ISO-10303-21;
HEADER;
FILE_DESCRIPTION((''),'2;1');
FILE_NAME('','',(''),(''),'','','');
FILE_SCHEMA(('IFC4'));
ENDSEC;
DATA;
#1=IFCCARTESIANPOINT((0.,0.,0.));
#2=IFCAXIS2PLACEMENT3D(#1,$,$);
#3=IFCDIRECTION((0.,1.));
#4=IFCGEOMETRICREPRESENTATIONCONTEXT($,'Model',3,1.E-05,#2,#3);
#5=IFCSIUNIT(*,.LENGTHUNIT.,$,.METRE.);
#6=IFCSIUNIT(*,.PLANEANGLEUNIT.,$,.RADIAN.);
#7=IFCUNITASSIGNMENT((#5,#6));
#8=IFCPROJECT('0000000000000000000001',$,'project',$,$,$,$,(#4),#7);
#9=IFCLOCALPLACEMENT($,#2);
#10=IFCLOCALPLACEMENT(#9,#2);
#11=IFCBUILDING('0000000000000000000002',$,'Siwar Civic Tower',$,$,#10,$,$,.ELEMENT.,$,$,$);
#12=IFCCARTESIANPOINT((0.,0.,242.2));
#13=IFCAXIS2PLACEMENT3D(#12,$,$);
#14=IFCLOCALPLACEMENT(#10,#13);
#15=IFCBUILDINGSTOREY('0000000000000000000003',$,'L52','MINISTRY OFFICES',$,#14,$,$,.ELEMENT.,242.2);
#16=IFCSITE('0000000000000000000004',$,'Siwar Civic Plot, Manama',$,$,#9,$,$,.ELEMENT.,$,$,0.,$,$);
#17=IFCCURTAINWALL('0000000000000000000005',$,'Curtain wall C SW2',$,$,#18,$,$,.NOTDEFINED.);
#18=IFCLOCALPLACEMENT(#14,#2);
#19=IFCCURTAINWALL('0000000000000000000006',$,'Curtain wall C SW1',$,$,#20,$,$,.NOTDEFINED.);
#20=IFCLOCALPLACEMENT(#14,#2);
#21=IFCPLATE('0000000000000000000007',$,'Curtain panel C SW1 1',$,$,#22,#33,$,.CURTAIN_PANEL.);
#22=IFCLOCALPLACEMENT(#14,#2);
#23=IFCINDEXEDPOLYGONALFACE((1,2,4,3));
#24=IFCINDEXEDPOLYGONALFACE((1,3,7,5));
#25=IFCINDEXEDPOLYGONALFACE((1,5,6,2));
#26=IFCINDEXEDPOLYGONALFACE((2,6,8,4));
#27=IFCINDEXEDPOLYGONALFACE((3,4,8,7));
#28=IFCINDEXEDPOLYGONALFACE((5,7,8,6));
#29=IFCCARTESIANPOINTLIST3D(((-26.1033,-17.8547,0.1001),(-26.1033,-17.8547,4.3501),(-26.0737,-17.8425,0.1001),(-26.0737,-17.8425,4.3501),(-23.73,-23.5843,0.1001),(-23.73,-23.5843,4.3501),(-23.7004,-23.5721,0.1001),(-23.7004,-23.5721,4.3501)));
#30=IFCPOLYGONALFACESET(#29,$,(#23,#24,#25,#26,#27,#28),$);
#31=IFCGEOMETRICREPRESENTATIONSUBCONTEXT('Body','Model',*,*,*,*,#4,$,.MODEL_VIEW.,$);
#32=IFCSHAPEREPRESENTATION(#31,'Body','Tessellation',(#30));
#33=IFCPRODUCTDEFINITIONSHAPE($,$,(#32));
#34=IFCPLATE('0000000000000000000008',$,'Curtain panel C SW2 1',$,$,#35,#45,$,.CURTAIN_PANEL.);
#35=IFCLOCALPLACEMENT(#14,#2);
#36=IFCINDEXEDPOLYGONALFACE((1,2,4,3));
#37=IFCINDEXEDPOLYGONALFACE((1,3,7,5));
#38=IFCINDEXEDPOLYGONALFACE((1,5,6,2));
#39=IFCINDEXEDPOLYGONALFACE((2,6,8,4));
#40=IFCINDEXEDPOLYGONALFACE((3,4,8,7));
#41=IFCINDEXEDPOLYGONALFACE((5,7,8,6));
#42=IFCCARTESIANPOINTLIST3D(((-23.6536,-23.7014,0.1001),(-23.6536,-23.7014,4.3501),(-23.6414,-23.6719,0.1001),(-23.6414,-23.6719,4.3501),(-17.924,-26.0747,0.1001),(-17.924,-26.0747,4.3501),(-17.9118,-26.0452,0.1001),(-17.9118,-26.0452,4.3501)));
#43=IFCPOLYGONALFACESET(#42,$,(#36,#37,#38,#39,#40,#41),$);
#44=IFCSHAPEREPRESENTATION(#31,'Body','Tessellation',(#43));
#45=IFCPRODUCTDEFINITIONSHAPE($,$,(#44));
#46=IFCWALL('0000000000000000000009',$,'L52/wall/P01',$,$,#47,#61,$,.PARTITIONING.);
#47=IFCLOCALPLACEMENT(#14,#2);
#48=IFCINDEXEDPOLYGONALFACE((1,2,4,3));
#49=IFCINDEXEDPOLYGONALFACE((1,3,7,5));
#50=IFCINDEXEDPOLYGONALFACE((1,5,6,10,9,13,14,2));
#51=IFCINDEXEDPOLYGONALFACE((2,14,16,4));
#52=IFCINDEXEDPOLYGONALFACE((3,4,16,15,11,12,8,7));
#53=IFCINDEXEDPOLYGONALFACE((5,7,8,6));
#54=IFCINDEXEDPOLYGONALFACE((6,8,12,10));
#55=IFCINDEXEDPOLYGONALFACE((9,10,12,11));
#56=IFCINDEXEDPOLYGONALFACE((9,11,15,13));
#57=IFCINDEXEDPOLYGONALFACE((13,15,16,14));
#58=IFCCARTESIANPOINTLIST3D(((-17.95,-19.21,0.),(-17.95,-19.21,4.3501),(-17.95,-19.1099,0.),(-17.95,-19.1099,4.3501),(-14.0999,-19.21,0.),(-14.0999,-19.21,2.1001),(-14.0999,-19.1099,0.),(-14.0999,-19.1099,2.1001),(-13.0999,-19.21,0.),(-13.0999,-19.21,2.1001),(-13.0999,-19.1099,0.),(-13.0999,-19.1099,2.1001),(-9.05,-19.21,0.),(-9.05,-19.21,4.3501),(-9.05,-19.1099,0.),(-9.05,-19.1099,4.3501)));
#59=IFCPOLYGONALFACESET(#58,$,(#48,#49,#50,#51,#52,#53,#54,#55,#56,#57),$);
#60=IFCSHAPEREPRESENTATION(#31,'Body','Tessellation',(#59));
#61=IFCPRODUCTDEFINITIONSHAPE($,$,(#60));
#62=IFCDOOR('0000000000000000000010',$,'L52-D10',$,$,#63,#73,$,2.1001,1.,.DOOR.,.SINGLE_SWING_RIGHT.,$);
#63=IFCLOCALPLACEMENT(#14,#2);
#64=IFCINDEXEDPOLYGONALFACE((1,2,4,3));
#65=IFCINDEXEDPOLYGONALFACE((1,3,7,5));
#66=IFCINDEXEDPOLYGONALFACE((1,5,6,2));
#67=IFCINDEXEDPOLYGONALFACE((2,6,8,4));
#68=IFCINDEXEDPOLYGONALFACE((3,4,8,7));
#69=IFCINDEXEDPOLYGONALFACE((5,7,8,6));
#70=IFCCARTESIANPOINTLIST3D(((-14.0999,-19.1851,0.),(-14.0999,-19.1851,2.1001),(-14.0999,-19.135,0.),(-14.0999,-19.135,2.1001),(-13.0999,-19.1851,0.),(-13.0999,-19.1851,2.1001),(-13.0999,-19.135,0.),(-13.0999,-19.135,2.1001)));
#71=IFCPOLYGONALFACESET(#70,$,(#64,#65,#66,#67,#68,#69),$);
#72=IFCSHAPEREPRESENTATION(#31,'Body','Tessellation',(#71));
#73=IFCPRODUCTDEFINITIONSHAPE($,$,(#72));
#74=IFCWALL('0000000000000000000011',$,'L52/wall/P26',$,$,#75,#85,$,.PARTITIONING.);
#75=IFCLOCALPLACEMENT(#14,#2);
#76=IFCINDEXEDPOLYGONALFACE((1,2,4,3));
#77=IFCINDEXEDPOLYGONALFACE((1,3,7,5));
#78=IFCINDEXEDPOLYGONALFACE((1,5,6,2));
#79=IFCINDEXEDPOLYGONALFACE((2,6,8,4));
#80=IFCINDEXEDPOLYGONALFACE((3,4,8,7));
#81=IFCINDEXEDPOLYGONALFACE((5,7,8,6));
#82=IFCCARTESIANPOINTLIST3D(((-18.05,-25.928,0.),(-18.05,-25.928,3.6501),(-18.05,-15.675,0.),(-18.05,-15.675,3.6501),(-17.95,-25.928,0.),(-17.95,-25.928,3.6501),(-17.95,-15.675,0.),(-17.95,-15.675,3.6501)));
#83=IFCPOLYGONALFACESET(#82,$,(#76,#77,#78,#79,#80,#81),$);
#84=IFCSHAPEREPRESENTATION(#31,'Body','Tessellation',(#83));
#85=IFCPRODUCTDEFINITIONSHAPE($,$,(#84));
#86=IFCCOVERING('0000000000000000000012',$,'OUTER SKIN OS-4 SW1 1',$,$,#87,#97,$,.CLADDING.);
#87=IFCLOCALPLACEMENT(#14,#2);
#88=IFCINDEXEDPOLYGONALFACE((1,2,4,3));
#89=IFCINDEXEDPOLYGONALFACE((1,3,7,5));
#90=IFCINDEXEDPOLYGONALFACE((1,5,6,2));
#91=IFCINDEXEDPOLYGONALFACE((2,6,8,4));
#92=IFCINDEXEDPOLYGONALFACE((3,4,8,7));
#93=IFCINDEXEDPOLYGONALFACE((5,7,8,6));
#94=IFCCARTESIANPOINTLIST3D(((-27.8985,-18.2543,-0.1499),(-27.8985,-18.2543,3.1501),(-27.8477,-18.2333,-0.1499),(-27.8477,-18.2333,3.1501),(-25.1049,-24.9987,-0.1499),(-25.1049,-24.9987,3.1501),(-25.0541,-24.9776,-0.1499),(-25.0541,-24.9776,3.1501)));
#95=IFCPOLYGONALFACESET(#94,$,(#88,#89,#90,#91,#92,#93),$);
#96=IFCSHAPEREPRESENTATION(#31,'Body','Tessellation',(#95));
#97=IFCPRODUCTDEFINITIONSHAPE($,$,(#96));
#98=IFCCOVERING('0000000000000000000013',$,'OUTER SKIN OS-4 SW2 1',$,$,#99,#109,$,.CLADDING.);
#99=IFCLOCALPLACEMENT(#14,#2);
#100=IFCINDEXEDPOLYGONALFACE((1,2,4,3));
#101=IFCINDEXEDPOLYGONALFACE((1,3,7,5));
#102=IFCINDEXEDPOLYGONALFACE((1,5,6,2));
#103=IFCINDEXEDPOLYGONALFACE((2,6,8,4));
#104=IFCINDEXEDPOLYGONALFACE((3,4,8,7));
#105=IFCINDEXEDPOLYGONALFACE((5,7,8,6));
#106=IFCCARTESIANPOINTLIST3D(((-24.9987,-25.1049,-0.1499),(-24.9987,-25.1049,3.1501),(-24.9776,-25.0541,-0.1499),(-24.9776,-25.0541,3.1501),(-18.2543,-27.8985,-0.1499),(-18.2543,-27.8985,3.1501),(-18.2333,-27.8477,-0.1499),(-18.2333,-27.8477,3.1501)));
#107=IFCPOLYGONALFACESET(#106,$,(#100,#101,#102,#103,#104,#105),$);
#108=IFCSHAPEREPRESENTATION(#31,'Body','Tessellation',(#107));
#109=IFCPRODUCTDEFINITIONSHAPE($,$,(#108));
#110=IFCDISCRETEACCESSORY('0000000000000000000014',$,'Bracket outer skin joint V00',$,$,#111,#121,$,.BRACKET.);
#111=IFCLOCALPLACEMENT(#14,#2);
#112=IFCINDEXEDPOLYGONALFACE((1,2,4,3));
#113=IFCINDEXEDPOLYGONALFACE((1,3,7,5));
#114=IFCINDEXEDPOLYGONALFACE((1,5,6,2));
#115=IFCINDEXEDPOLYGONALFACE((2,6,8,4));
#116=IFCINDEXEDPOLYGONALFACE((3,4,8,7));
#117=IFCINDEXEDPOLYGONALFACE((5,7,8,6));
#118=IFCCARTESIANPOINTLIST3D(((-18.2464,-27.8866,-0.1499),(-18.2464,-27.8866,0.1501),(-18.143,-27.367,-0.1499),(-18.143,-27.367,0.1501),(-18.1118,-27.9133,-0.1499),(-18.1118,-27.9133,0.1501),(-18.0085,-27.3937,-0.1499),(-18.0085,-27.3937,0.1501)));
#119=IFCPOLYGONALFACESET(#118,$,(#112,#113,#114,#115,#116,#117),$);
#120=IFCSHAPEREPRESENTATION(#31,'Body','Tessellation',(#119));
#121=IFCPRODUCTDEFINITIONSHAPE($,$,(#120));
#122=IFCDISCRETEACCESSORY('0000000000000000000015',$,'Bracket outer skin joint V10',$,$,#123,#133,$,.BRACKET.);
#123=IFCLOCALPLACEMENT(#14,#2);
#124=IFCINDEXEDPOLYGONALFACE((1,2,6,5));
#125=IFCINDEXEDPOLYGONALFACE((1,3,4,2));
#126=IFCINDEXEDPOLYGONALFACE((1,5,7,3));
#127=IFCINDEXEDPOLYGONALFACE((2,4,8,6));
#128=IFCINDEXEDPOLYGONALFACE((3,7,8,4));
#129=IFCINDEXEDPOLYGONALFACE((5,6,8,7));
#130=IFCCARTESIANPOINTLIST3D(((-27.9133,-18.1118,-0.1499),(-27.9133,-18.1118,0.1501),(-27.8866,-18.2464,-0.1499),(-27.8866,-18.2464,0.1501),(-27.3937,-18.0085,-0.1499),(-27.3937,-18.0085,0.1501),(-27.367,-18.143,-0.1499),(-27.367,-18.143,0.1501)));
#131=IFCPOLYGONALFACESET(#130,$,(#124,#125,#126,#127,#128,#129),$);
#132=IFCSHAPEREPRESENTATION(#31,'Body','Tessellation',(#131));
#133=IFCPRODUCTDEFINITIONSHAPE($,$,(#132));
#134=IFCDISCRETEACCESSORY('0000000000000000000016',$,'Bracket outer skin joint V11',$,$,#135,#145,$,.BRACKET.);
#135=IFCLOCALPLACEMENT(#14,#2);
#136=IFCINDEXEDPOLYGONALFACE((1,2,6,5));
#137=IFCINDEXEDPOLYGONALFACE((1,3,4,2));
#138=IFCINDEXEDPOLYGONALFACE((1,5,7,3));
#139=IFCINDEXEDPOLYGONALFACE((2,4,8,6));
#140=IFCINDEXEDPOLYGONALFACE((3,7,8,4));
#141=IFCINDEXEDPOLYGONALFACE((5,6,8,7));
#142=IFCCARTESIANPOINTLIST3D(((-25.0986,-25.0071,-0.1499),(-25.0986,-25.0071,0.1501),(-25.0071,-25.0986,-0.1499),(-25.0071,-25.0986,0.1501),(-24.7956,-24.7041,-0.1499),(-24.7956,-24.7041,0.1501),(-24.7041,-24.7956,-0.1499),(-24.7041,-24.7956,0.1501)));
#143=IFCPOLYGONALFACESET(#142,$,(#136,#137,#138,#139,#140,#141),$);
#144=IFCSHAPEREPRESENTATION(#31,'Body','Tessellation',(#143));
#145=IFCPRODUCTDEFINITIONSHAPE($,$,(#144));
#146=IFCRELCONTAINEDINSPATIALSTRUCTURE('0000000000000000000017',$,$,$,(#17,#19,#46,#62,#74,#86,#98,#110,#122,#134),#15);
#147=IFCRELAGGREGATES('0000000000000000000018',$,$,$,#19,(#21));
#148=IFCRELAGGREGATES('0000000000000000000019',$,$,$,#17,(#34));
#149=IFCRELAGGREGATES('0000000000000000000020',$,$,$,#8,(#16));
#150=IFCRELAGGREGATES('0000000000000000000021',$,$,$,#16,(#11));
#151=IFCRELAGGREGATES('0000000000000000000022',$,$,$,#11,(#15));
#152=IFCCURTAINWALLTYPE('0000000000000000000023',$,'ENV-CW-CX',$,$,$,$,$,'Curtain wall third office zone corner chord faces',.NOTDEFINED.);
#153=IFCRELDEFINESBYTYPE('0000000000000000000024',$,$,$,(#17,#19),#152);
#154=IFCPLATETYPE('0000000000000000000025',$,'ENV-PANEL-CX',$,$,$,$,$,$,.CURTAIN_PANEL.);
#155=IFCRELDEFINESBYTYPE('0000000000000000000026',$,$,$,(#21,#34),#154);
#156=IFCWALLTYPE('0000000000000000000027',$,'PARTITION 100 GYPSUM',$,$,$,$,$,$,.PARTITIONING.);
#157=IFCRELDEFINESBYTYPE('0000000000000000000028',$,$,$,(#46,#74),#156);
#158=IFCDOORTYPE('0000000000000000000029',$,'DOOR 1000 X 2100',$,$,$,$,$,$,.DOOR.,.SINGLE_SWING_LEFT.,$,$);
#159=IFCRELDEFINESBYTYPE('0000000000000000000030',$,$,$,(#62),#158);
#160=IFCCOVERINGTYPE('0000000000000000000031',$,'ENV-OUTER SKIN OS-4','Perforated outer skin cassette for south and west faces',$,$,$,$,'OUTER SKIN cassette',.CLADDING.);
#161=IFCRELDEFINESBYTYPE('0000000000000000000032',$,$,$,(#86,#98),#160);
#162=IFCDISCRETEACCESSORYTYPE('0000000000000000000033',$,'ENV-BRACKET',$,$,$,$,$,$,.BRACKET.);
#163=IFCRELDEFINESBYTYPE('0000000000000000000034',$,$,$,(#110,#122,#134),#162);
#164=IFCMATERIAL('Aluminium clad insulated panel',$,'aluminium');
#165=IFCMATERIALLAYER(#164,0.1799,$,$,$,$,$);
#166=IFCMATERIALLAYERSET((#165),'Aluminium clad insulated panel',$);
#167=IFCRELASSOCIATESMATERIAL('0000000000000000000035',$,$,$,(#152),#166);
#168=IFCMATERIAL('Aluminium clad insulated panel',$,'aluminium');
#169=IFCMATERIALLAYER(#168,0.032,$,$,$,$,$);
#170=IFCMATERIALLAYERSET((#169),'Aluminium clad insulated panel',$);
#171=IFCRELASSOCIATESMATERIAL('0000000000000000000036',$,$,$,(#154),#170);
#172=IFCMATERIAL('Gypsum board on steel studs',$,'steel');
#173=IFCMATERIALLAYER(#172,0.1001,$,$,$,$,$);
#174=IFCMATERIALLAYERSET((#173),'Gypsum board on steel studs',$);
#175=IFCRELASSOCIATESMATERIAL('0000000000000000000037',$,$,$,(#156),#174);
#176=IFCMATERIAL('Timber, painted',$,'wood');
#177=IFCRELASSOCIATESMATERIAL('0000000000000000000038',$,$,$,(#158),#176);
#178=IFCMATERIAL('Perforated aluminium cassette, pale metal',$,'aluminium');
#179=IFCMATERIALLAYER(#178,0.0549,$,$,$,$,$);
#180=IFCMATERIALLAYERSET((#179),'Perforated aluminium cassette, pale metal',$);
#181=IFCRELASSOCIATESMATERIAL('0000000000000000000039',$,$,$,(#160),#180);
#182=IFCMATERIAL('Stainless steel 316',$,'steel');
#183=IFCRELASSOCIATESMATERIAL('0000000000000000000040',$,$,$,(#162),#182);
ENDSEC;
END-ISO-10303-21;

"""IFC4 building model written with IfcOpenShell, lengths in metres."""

from ifc_helpers import new_model, si_unit, direction, frame, frame_2d, origin, origin_2d, place, context, subcontext, project, spatial, rectangle, extrude, material, layer, layer_set, type_object, element, fill, aggregate, save


model = new_model("IFC4")

# Units and contexts
model_context = context("Model", 3, precision=1e-05, world=origin(), true_north=direction((0.0, 1.0)))
body_context = subcontext(model_context, "Body", "Model", "MODEL_VIEW")
ifc_project = project(units=[si_unit("LENGTHUNIT", "METRE"), si_unit("PLANEANGLEUNIT", "RADIAN")], contexts=[model_context])

# Site, building, storey
site_placement = place(None, origin())
site = spatial("IfcSite", under=ifc_project, at=site_placement, Name="Siwar Civic Plot, Manama", CompositionType="ELEMENT", RefElevation=0.0)
building_placement = place(site_placement, origin())
building = spatial("IfcBuilding", under=site, at=building_placement, Name="Siwar Civic Tower", CompositionType="ELEMENT")
storey_placement = place(building_placement, frame((0.0, 0.0, 242.2)))
storey = spatial("IfcBuildingStorey", under=building, at=storey_placement, Name="L52", Description="MINISTRY OFFICES", CompositionType="ELEMENT", Elevation=242.2)

# Curtain wall
ifc_material_1 = material(Name="Aluminium clad insulated panel", Category="aluminium")
ifc_layer_1 = layer(ifc_material_1, 0.1799)
ifc_layer_set_1 = layer_set([ifc_layer_1], Name="Aluminium clad insulated panel")
curtain_wall_type = type_object("IfcCurtainWallType", Name="ENV-CW-CX", ElementType="Curtain wall third office zone corner chord faces", PredefinedType="NOTDEFINED", material=ifc_layer_set_1)
curtain_wall_1_placement = place(storey_placement, origin())
curtain_wall_1 = element("IfcCurtainWall", 1, at=curtain_wall_1_placement, inside=storey, type_object=curtain_wall_type, Name="Curtain wall C SW2", PredefinedType="NOTDEFINED")

# Curtain wall, plate
curtain_wall_2_placement = place(storey_placement, origin())
curtain_wall_2 = element("IfcCurtainWall", 2, at=curtain_wall_2_placement, inside=storey, type_object=curtain_wall_type, Name="Curtain wall C SW1", PredefinedType="NOTDEFINED")
ifc_material_2 = material(Name="Aluminium clad insulated panel", Category="aluminium")
ifc_layer_2 = layer(ifc_material_2, 0.032)
ifc_layer_set_2 = layer_set([ifc_layer_2], Name="Aluminium clad insulated panel")
plate_type = type_object("IfcPlateType", Name="ENV-PANEL-CX", PredefinedType="CURTAIN_PANEL", material=ifc_layer_set_2)
plate_1_placement = place(storey_placement, frame((-24.9019, -20.7134, 0.1001), z_axis=(0.0, 0.0, 1.0), x_axis=(0.382683, -0.92388, 0.0)))
plate_1 = element("IfcPlate", 3, at=plate_1_placement, type_object=plate_type, Name="Curtain panel C SW1 1", PredefinedType="CURTAIN_PANEL", context=body_context, shape_type="SweptSolid", body=[
    extrude(rectangle(XDim=6.2017, YDim=0.032, at=origin_2d()), origin(), (0.0, 0.0, 1.0), 4.25),
])
aggregate(curtain_wall_2, [plate_1])

# Plate
plate_2_placement = place(storey_placement, frame((-20.7827, -24.8733, 0.1001), z_axis=(0.0, 0.0, 1.0), x_axis=(0.92388, -0.382683, 0.0)))
plate_2 = element("IfcPlate", 4, at=plate_2_placement, type_object=plate_type, Name="Curtain panel C SW2 1", PredefinedType="CURTAIN_PANEL", context=body_context, shape_type="SweptSolid", body=[
    extrude(rectangle(XDim=6.2017, YDim=0.032, at=origin_2d()), origin(), (0.0, 0.0, 1.0), 4.25),
])
aggregate(curtain_wall_1, [plate_2])

# Wall, opening, door
ifc_material_3 = material(Name="Gypsum board on steel studs", Category="steel")
ifc_layer_3 = layer(ifc_material_3, 0.1001)
ifc_layer_set_3 = layer_set([ifc_layer_3], Name="Gypsum board on steel studs")
wall_type = type_object("IfcWallType", Name="PARTITION 100 GYPSUM", PredefinedType="PARTITIONING", material=ifc_layer_set_3)
wall_1_placement = place(storey_placement, frame((-17.95, -19.1599, 0.0), z_axis=(0.0, 0.0, 1.0), x_axis=(1.0, 0.0, 0.0)))
wall_1 = element("IfcWall", 5, at=wall_1_placement, inside=storey, type_object=wall_type, Name="L52/wall/P01", PredefinedType="PARTITIONING", context=body_context, shape_type="SweptSolid", body=[
    extrude(rectangle(XDim=8.8999, YDim=0.1001, at=frame_2d((4.45, 0.0))), origin(), (0.0, 0.0, 1.0), 4.3501),
])
opening_placement = place(wall_1_placement, frame((3.8501, 0.0, 0.0)))
opening = element("IfcOpeningElement", 6, at=opening_placement, cuts=wall_1, PredefinedType="OPENING", context=body_context, shape_type="SweptSolid", body=[
    extrude(rectangle(XDim=1.0, YDim=2.1001, at=frame_2d((0.5, 1.05))), frame((0.0, 0.0601, 0.0), z_axis=(0.0, -1.0, 0.0), x_axis=(1.0, 0.0, 0.0)), (0.0, 0.0, 1.0), 0.1201),
])
ifc_material_4 = material(Name="Timber, painted", Category="wood")
door_type = type_object("IfcDoorType", Name="DOOR 1000 X 2100", OperationType="SINGLE_SWING_LEFT", PredefinedType="DOOR", material=ifc_material_4)
door_placement = place(opening_placement, origin())
door = element("IfcDoor", 7, at=door_placement, inside=storey, type_object=door_type, Name="L52-D10", OperationType="SINGLE_SWING_RIGHT", OverallHeight=2.1001, OverallWidth=1.0, PredefinedType="DOOR", context=body_context, shape_type="SweptSolid", body=[
    extrude(rectangle(XDim=1.0, YDim=2.1001, at=frame_2d((0.5, 1.05))), frame((0.0, 0.0249, 0.0), z_axis=(0.0, -1.0, 0.0), x_axis=(1.0, 0.0, 0.0)), (0.0, 0.0, 1.0), 0.05),
])
fill(opening, door)

# Wall
wall_2_placement = place(storey_placement, frame((-18.0, -25.928, 0.0), z_axis=(0.0, 0.0, 1.0), x_axis=(0.0, 1.0, 0.0)))
element("IfcWall", 8, at=wall_2_placement, inside=storey, type_object=wall_type, Name="L52/wall/P26", PredefinedType="PARTITIONING", context=body_context, shape_type="SweptSolid", body=[
    extrude(rectangle(XDim=10.2529, YDim=0.1001, at=frame_2d((5.1265, 0.0))), origin(), (0.0, 0.0, 1.0), 3.6501),
])

# Coverings
ifc_material_5 = material(Name="Perforated aluminium cassette, pale metal", Category="aluminium")
ifc_layer_4 = layer(ifc_material_5, 0.0549)
ifc_layer_set_4 = layer_set([ifc_layer_4], Name="Perforated aluminium cassette, pale metal")
covering_type = type_object("IfcCoveringType", Name="ENV-OUTER SKIN OS-4", Description="Perforated outer skin cassette for south and west faces", ElementType="OUTER SKIN cassette", PredefinedType="CLADDING", material=ifc_layer_set_4)
for number, where, z_axis, x_axis, name in (
    (9, (-26.4763, -21.616, -0.1499), (0.0, 0.0, 1.0), (0.382683, -0.92388, 0.0), "OUTER SKIN OS-4 SW1 1"),
    (10, (-21.616, -26.4763, -0.1499), (0.0, 0.0, 1.0), (0.92388, -0.382683, 0.0), "OUTER SKIN OS-4 SW2 1"),
):
    element("IfcCovering", number, at=place(storey_placement, frame(where, z_axis=z_axis, x_axis=x_axis)), inside=storey, type_object=covering_type, Name=name, PredefinedType="CLADDING", context=body_context, shape_type="SweptSolid", body=[
        extrude(rectangle(XDim=7.3, YDim=0.0549, at=origin_2d()), origin(), (0.0, 0.0, 1.0), 3.3),
    ])

# Discrete accessories
ifc_material_6 = material(Name="Stainless steel 316", Category="steel")
discrete_accessory_type = type_object("IfcDiscreteAccessoryType", Name="ENV-BRACKET", PredefinedType="BRACKET", material=ifc_material_6)
for number, where, z_axis, x_axis, name in (
    (11, (-18.1274, -27.6401, -0.1499), (0.0, 0.0, 1.0), (-0.19509, -0.980785, 0.0), "Bracket outer skin joint V00"),
    (12, (-27.6401, -18.1274, -0.1499), (0.0, 0.0, 1.0), (-0.980785, -0.19509, 0.0), "Bracket outer skin joint V10"),
):
    element("IfcDiscreteAccessory", number, at=place(storey_placement, frame(where, z_axis=z_axis, x_axis=x_axis)), inside=storey, type_object=discrete_accessory_type, Name=name, PredefinedType="BRACKET", context=body_context, shape_type="SweptSolid", body=[
        extrude(rectangle(XDim=0.5298, YDim=0.1372, at=origin_2d()), origin(), (0.0, 0.0, 1.0), 0.3),
    ])
discrete_accessory_placement = place(storey_placement, frame((-24.9014, -24.9014, -0.1499), z_axis=(0.0, 0.0, 1.0), x_axis=(-0.707107, -0.707107, 0.0)))
element("IfcDiscreteAccessory", 13, at=discrete_accessory_placement, inside=storey, type_object=discrete_accessory_type, Name="Bracket outer skin joint V11", PredefinedType="BRACKET", context=body_context, shape_type="SweptSolid", body=[
    extrude(rectangle(XDim=0.4285, YDim=0.1294, at=origin_2d()), origin(), (0.0, 0.0, 1.0), 0.3),
])

save(model, "model.ifc")
